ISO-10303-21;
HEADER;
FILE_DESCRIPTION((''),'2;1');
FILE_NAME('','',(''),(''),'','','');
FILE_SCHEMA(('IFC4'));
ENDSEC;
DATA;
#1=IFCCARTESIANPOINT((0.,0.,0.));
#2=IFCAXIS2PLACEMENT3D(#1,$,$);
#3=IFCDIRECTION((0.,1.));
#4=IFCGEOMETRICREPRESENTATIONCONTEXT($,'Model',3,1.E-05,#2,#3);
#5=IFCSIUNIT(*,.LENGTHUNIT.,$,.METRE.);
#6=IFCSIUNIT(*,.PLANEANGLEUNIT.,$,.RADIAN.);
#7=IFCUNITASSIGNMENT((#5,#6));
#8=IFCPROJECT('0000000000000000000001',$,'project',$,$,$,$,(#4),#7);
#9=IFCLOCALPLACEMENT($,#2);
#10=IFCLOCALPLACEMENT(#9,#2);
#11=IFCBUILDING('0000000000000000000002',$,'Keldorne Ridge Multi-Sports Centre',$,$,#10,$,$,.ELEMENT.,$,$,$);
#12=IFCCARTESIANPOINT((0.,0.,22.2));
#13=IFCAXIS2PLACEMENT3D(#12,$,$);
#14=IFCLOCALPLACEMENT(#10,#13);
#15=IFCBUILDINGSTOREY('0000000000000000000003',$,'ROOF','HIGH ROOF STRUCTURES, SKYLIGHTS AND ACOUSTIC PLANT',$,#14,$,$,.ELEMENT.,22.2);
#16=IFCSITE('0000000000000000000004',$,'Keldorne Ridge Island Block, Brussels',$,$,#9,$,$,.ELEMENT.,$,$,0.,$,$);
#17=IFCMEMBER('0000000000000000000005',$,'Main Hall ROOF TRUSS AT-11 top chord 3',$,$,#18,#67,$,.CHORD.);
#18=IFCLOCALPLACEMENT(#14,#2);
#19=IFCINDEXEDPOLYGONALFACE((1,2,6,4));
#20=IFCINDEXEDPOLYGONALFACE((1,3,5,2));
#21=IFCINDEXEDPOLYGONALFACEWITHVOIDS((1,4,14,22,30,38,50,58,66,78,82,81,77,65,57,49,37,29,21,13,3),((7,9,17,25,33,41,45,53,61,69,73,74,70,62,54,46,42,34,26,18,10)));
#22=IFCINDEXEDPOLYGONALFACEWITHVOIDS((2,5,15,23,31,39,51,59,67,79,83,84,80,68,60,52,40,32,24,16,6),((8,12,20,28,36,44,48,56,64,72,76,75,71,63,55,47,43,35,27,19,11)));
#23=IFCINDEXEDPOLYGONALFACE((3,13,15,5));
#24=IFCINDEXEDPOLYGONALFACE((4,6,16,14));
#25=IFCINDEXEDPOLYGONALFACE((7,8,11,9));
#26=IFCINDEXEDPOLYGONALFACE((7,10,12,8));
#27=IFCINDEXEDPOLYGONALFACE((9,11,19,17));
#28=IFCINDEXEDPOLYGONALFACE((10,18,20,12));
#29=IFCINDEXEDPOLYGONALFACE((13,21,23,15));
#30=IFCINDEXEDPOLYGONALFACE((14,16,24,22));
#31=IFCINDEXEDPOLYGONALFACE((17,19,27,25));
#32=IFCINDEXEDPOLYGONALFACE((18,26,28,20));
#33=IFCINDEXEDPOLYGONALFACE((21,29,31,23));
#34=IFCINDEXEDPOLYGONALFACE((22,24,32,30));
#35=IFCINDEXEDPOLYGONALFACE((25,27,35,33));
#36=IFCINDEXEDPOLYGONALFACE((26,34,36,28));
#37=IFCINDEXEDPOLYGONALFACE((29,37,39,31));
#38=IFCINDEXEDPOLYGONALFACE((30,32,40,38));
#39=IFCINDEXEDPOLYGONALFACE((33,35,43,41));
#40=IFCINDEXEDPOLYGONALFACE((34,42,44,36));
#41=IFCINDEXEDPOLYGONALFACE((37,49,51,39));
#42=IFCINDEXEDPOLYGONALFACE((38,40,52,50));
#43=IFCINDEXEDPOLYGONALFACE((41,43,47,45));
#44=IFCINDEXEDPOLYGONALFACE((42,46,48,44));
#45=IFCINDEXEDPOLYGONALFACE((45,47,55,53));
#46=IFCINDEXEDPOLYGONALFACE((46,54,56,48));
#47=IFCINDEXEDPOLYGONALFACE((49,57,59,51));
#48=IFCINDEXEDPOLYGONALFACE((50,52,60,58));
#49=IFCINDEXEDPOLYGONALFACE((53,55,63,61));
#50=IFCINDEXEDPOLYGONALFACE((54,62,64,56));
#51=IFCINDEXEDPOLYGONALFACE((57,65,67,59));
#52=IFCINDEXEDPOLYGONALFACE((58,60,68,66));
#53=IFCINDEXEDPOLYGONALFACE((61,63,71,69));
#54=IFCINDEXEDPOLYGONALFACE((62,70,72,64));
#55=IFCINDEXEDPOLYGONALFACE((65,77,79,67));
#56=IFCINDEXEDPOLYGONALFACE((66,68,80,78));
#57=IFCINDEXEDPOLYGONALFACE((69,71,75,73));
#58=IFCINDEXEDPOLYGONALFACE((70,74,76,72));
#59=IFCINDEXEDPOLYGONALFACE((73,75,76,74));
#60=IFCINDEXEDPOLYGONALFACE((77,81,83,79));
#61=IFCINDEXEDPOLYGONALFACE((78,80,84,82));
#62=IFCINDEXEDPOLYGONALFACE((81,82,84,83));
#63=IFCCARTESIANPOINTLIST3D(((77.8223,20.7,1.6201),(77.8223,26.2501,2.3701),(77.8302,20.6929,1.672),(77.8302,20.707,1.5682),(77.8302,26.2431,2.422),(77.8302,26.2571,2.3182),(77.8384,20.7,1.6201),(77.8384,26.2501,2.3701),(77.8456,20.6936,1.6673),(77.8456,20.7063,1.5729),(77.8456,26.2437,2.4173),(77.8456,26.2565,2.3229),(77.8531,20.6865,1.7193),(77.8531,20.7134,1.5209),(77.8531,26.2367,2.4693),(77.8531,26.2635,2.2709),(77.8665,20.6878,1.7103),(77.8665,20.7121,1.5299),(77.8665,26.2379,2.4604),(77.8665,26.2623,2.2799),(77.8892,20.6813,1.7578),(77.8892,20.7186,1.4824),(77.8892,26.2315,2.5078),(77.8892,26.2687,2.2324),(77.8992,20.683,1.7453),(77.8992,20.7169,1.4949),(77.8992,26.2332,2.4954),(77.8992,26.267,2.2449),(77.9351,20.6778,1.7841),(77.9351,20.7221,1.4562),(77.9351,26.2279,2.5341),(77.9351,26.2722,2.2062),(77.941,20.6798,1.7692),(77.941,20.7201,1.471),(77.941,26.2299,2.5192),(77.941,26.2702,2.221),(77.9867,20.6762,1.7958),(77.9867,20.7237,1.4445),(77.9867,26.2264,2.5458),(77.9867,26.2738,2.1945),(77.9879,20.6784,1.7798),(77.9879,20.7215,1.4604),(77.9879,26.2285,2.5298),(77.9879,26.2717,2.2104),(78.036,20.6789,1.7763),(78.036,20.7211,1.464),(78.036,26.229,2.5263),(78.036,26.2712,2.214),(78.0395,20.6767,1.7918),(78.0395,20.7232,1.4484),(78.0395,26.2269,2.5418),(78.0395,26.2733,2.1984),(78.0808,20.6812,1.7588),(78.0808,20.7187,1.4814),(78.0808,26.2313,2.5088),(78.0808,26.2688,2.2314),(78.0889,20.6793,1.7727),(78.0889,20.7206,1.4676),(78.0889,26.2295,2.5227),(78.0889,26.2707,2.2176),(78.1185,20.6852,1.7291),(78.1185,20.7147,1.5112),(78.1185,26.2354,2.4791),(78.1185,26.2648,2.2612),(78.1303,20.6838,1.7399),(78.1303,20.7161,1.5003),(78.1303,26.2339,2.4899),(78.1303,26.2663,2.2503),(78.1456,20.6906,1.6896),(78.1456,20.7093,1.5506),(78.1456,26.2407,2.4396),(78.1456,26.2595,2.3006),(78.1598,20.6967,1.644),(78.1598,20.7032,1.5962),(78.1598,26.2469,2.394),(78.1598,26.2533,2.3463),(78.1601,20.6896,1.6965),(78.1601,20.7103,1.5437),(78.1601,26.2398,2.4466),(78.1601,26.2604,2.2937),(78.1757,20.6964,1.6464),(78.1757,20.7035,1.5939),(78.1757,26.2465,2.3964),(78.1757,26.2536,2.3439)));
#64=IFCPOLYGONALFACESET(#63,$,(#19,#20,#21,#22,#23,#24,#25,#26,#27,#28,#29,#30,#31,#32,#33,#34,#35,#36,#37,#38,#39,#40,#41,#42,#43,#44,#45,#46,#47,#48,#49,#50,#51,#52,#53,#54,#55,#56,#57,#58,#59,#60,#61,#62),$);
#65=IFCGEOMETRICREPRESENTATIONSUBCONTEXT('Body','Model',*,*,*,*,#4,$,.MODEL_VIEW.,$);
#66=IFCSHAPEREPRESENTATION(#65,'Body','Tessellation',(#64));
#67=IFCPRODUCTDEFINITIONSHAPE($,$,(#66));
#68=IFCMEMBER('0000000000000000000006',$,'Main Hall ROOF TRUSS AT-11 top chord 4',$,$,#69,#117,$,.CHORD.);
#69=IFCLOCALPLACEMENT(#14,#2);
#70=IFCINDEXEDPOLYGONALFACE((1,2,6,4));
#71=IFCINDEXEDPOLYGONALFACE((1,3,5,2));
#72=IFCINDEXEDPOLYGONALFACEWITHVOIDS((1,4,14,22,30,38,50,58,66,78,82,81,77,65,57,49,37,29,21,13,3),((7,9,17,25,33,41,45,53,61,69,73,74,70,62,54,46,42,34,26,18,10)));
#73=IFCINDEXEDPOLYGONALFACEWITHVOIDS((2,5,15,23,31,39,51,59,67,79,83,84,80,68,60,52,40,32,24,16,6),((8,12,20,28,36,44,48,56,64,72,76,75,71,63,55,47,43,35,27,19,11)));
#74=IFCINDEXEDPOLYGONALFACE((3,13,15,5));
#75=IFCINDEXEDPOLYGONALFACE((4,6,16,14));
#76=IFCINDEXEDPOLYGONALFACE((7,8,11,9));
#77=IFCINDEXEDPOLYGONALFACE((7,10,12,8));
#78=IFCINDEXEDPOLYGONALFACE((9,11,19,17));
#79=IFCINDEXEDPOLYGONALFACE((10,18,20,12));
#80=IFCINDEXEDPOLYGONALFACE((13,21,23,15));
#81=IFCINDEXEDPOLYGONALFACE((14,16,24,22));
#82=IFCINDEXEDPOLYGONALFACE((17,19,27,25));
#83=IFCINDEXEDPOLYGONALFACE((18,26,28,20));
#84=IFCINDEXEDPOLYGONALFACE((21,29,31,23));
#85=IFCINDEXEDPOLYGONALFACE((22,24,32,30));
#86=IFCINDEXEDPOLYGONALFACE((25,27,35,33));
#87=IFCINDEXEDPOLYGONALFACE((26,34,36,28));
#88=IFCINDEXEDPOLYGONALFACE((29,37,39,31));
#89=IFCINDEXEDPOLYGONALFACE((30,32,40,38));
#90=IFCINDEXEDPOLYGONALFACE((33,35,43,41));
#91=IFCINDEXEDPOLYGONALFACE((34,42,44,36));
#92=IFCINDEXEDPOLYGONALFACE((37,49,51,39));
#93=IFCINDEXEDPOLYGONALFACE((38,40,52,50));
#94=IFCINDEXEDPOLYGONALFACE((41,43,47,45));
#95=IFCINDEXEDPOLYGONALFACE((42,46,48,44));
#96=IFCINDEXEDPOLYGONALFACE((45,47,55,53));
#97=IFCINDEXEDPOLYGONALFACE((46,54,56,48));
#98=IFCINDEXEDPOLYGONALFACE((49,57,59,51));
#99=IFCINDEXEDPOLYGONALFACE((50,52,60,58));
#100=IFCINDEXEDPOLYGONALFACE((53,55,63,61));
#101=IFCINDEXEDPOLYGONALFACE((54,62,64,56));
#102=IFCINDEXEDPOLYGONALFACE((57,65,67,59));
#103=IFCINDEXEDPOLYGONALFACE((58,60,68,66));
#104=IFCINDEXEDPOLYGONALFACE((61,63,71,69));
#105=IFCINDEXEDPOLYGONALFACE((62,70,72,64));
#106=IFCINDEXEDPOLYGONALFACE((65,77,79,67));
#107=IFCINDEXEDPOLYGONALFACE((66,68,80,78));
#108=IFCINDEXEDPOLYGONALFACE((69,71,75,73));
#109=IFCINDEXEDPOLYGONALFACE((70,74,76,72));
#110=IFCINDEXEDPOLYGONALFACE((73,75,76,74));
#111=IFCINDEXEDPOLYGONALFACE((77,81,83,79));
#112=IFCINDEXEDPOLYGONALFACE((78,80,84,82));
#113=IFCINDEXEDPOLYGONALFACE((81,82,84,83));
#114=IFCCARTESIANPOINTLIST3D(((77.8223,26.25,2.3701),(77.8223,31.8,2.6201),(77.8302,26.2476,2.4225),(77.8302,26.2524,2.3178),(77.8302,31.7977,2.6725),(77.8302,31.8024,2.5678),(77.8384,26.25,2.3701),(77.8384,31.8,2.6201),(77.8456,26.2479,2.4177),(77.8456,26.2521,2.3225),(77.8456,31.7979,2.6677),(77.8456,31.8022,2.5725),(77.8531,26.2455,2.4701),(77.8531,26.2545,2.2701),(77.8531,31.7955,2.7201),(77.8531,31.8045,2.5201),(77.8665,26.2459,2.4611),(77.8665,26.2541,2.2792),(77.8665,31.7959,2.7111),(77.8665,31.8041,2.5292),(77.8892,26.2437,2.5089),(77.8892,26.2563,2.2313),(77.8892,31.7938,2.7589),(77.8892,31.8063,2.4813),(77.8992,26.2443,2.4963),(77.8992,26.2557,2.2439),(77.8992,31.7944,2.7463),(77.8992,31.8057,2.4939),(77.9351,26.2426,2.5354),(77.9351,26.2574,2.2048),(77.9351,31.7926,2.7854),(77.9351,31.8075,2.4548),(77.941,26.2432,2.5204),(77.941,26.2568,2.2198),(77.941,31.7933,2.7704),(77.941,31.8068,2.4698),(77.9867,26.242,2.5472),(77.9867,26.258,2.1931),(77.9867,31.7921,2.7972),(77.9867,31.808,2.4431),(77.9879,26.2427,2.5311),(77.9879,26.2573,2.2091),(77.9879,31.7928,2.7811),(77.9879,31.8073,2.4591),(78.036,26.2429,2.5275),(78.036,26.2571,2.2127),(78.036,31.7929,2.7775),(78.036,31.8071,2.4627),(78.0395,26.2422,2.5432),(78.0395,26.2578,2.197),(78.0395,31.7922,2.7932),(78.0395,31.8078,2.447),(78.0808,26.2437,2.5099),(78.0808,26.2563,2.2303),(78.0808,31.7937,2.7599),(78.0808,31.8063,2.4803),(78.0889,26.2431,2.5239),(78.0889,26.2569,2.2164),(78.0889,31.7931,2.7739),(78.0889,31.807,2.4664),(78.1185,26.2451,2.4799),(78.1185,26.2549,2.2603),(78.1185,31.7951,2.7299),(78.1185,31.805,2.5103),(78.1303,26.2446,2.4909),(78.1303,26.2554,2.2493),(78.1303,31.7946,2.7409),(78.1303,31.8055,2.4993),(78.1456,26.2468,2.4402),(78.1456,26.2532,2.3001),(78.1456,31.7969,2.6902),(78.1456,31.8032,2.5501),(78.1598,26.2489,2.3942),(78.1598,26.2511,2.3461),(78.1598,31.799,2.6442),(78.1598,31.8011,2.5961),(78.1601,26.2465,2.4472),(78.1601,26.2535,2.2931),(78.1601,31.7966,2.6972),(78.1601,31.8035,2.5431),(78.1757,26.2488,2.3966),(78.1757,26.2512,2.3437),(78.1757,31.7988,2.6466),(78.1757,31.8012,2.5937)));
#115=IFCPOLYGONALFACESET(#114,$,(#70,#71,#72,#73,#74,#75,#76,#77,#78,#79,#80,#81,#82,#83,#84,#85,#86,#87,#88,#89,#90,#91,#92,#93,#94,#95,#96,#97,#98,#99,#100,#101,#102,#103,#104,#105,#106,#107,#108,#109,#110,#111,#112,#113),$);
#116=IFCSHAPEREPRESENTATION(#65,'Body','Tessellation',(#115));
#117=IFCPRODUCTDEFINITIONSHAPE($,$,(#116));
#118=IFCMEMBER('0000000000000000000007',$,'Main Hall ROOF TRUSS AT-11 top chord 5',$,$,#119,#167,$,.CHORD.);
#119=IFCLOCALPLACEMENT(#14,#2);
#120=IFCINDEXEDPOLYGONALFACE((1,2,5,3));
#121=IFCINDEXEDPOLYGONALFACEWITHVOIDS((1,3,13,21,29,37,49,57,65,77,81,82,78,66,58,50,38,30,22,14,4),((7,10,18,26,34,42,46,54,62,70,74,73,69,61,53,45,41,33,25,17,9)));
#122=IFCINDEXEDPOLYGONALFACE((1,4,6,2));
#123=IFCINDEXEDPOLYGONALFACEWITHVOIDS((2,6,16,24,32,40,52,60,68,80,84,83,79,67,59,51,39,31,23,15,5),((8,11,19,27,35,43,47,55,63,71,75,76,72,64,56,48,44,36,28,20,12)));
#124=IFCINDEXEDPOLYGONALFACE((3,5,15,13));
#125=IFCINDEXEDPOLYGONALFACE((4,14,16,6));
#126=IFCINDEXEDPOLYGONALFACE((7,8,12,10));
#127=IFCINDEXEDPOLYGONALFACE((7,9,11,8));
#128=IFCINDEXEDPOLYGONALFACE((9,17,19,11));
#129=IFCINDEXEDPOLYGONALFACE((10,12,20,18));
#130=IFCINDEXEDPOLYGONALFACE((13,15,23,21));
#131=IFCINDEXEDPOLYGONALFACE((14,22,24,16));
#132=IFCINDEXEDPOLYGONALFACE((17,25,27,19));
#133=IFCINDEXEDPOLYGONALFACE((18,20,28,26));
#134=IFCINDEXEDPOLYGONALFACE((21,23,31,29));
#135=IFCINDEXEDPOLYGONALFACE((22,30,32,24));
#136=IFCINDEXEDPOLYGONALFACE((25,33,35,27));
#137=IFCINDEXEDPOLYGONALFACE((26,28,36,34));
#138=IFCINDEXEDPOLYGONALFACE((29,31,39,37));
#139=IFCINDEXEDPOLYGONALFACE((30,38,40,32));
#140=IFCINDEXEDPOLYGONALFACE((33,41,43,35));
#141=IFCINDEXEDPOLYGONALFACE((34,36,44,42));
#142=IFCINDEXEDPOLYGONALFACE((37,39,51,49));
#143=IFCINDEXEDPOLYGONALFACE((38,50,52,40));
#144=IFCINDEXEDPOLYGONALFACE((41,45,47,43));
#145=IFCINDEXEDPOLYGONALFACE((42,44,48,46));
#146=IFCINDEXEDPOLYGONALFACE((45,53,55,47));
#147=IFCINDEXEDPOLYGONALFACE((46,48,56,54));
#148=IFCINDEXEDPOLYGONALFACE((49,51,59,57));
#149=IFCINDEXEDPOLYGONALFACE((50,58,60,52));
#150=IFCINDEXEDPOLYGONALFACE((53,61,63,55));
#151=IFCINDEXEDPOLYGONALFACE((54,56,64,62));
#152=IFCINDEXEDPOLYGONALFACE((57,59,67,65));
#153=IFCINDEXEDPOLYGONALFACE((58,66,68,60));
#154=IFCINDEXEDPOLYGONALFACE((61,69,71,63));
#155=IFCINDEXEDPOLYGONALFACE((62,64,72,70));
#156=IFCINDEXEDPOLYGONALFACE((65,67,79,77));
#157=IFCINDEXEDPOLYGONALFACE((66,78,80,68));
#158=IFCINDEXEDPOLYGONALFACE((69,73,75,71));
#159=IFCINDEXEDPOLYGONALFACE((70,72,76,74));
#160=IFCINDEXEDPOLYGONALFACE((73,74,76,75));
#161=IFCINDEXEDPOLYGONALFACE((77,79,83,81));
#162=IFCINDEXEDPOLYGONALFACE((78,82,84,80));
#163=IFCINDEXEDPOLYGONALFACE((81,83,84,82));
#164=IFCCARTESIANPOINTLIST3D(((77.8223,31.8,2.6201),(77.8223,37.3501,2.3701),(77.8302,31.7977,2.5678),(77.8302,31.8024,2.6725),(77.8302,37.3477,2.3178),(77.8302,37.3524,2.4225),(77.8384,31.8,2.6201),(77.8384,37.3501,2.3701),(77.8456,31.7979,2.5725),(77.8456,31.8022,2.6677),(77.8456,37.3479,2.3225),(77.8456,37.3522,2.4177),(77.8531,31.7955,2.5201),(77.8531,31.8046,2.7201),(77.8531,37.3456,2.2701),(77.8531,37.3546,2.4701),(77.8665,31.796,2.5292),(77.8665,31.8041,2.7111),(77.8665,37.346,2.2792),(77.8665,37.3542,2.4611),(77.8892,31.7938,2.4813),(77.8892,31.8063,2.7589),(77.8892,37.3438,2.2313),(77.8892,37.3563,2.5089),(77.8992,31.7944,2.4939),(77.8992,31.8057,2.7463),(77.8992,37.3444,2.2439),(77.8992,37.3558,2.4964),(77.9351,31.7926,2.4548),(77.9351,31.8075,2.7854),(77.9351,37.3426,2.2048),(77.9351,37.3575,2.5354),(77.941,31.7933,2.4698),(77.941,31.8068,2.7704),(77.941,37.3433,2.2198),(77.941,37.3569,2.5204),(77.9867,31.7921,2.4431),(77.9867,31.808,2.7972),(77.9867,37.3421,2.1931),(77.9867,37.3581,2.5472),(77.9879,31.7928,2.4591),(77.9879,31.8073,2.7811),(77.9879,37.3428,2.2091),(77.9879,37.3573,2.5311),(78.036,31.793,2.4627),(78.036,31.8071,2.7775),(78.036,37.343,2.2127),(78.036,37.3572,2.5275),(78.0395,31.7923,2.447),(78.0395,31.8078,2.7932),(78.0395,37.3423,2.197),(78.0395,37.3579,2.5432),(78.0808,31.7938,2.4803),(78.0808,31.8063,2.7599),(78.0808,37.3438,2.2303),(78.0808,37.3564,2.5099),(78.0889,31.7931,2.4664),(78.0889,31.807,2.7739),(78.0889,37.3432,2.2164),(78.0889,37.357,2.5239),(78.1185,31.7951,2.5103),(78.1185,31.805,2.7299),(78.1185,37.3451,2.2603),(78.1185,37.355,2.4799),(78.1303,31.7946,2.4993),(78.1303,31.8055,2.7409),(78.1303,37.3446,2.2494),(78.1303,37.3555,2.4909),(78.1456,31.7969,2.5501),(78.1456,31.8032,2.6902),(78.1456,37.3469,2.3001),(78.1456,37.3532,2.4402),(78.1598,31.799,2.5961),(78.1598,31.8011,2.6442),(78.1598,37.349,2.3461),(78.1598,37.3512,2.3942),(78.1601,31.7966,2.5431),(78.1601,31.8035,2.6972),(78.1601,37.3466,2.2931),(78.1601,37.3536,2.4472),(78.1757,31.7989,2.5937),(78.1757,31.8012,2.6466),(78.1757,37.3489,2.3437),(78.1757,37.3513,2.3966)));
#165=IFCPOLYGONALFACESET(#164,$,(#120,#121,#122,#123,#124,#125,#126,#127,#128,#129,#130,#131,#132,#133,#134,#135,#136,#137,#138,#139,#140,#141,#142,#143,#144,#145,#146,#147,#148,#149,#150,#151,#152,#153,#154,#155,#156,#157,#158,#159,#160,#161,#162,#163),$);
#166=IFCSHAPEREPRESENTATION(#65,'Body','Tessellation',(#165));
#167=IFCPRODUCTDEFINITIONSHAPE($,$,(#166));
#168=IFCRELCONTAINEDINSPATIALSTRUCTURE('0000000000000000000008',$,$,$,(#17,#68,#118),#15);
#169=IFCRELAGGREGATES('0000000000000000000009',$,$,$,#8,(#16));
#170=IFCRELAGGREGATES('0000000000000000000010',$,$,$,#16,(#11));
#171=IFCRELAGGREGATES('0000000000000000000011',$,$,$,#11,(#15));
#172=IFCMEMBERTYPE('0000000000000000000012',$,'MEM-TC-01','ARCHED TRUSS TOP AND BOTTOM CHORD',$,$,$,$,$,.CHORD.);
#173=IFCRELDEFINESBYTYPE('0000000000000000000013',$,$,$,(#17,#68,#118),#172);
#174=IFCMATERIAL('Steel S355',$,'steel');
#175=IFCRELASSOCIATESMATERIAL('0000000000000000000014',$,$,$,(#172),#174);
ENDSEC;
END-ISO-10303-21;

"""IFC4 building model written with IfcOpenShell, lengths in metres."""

from ifc_helpers import new_model, si_unit, direction, frame, origin, origin_2d, place, context, subcontext, project, spatial, hollow_circle, extrude, material, material_profile, profile_set, type_object, element, save


model = new_model("IFC4")

# Units and contexts
model_context = context("Model", 3, precision=1e-05, world=origin(), true_north=direction((0.0, 1.0)))
body_context = subcontext(model_context, "Body", "Model", "MODEL_VIEW")
ifc_project = project(units=[si_unit("LENGTHUNIT", "METRE"), si_unit("PLANEANGLEUNIT", "RADIAN")], contexts=[model_context])

# Site, building, storey
site_placement = place(None, origin())
site = spatial("IfcSite", under=ifc_project, at=site_placement, Name="Keldorne Ridge Island Block, Brussels", CompositionType="ELEMENT", RefElevation=0.0)
building_placement = place(site_placement, origin())
building = spatial("IfcBuilding", under=site, at=building_placement, Name="Keldorne Ridge Multi-Sports Centre", CompositionType="ELEMENT")
storey_placement = place(building_placement, frame((0.0, 0.0, 22.2)))
storey = spatial("IfcBuildingStorey", under=building, at=storey_placement, Name="ROOF", Description="HIGH ROOF STRUCTURES, SKYLIGHTS AND ACOUSTIC PLANT", CompositionType="ELEMENT", Elevation=22.2)

# Members
ifc_material = material(Name="Steel S355", Category="steel")
ifc_material_profile_1 = material_profile(ifc_material, hollow_circle(Radius=0.1777, WallThickness=0.0161, at=origin_2d()), Name="CHS 355.6x16")
ifc_profile_set_1 = profile_set([ifc_material_profile_1], Name="Steel S355")
member_type_1 = type_object("IfcMemberType", Name="MEM-TC-01", Description="ARCHED TRUSS TOP AND BOTTOM CHORD", PredefinedType="CHORD", material=ifc_profile_set_1)
member_1_placement = place(storey_placement, frame((78.0, 20.7, 1.6201), z_axis=(0.0, 0.990993, 0.133917), x_axis=(-1.0, 0.0, 0.0)))
element("IfcMember", 1, at=member_1_placement, inside=storey, type_object=member_type_1, Name="Main Hall ROOF TRUSS AT-11 top chord 3", PredefinedType="CHORD", context=body_context, shape_type="SweptSolid", body=[
    extrude(hollow_circle(Radius=0.1777, WallThickness=0.0161, at=origin_2d()), origin(), (0.0, 0.0, 1.0), 5.6006),
])
for number, where, z_axis, x_axis, name in (
    (2, (78.0, 26.25, 2.3701), (0.0, 0.998987, 0.044999), (-1.0, 0.0, 0.0), "Main Hall ROOF TRUSS AT-11 top chord 4"),
    (3, (78.0, 31.8, 2.6201), (0.0, 0.998987, -0.044999), (-1.0, 0.0, 0.0), "Main Hall ROOF TRUSS AT-11 top chord 5"),
):
    element("IfcMember", number, at=place(storey_placement, frame(where, z_axis=z_axis, x_axis=x_axis)), inside=storey, type_object=member_type_1, Name=name, PredefinedType="CHORD", context=body_context, shape_type="SweptSolid", body=[
        extrude(hollow_circle(Radius=0.1777, WallThickness=0.0161, at=origin_2d()), origin(), (0.0, 0.0, 1.0), 5.5557),
    ])

save(model, "model.ifc")
